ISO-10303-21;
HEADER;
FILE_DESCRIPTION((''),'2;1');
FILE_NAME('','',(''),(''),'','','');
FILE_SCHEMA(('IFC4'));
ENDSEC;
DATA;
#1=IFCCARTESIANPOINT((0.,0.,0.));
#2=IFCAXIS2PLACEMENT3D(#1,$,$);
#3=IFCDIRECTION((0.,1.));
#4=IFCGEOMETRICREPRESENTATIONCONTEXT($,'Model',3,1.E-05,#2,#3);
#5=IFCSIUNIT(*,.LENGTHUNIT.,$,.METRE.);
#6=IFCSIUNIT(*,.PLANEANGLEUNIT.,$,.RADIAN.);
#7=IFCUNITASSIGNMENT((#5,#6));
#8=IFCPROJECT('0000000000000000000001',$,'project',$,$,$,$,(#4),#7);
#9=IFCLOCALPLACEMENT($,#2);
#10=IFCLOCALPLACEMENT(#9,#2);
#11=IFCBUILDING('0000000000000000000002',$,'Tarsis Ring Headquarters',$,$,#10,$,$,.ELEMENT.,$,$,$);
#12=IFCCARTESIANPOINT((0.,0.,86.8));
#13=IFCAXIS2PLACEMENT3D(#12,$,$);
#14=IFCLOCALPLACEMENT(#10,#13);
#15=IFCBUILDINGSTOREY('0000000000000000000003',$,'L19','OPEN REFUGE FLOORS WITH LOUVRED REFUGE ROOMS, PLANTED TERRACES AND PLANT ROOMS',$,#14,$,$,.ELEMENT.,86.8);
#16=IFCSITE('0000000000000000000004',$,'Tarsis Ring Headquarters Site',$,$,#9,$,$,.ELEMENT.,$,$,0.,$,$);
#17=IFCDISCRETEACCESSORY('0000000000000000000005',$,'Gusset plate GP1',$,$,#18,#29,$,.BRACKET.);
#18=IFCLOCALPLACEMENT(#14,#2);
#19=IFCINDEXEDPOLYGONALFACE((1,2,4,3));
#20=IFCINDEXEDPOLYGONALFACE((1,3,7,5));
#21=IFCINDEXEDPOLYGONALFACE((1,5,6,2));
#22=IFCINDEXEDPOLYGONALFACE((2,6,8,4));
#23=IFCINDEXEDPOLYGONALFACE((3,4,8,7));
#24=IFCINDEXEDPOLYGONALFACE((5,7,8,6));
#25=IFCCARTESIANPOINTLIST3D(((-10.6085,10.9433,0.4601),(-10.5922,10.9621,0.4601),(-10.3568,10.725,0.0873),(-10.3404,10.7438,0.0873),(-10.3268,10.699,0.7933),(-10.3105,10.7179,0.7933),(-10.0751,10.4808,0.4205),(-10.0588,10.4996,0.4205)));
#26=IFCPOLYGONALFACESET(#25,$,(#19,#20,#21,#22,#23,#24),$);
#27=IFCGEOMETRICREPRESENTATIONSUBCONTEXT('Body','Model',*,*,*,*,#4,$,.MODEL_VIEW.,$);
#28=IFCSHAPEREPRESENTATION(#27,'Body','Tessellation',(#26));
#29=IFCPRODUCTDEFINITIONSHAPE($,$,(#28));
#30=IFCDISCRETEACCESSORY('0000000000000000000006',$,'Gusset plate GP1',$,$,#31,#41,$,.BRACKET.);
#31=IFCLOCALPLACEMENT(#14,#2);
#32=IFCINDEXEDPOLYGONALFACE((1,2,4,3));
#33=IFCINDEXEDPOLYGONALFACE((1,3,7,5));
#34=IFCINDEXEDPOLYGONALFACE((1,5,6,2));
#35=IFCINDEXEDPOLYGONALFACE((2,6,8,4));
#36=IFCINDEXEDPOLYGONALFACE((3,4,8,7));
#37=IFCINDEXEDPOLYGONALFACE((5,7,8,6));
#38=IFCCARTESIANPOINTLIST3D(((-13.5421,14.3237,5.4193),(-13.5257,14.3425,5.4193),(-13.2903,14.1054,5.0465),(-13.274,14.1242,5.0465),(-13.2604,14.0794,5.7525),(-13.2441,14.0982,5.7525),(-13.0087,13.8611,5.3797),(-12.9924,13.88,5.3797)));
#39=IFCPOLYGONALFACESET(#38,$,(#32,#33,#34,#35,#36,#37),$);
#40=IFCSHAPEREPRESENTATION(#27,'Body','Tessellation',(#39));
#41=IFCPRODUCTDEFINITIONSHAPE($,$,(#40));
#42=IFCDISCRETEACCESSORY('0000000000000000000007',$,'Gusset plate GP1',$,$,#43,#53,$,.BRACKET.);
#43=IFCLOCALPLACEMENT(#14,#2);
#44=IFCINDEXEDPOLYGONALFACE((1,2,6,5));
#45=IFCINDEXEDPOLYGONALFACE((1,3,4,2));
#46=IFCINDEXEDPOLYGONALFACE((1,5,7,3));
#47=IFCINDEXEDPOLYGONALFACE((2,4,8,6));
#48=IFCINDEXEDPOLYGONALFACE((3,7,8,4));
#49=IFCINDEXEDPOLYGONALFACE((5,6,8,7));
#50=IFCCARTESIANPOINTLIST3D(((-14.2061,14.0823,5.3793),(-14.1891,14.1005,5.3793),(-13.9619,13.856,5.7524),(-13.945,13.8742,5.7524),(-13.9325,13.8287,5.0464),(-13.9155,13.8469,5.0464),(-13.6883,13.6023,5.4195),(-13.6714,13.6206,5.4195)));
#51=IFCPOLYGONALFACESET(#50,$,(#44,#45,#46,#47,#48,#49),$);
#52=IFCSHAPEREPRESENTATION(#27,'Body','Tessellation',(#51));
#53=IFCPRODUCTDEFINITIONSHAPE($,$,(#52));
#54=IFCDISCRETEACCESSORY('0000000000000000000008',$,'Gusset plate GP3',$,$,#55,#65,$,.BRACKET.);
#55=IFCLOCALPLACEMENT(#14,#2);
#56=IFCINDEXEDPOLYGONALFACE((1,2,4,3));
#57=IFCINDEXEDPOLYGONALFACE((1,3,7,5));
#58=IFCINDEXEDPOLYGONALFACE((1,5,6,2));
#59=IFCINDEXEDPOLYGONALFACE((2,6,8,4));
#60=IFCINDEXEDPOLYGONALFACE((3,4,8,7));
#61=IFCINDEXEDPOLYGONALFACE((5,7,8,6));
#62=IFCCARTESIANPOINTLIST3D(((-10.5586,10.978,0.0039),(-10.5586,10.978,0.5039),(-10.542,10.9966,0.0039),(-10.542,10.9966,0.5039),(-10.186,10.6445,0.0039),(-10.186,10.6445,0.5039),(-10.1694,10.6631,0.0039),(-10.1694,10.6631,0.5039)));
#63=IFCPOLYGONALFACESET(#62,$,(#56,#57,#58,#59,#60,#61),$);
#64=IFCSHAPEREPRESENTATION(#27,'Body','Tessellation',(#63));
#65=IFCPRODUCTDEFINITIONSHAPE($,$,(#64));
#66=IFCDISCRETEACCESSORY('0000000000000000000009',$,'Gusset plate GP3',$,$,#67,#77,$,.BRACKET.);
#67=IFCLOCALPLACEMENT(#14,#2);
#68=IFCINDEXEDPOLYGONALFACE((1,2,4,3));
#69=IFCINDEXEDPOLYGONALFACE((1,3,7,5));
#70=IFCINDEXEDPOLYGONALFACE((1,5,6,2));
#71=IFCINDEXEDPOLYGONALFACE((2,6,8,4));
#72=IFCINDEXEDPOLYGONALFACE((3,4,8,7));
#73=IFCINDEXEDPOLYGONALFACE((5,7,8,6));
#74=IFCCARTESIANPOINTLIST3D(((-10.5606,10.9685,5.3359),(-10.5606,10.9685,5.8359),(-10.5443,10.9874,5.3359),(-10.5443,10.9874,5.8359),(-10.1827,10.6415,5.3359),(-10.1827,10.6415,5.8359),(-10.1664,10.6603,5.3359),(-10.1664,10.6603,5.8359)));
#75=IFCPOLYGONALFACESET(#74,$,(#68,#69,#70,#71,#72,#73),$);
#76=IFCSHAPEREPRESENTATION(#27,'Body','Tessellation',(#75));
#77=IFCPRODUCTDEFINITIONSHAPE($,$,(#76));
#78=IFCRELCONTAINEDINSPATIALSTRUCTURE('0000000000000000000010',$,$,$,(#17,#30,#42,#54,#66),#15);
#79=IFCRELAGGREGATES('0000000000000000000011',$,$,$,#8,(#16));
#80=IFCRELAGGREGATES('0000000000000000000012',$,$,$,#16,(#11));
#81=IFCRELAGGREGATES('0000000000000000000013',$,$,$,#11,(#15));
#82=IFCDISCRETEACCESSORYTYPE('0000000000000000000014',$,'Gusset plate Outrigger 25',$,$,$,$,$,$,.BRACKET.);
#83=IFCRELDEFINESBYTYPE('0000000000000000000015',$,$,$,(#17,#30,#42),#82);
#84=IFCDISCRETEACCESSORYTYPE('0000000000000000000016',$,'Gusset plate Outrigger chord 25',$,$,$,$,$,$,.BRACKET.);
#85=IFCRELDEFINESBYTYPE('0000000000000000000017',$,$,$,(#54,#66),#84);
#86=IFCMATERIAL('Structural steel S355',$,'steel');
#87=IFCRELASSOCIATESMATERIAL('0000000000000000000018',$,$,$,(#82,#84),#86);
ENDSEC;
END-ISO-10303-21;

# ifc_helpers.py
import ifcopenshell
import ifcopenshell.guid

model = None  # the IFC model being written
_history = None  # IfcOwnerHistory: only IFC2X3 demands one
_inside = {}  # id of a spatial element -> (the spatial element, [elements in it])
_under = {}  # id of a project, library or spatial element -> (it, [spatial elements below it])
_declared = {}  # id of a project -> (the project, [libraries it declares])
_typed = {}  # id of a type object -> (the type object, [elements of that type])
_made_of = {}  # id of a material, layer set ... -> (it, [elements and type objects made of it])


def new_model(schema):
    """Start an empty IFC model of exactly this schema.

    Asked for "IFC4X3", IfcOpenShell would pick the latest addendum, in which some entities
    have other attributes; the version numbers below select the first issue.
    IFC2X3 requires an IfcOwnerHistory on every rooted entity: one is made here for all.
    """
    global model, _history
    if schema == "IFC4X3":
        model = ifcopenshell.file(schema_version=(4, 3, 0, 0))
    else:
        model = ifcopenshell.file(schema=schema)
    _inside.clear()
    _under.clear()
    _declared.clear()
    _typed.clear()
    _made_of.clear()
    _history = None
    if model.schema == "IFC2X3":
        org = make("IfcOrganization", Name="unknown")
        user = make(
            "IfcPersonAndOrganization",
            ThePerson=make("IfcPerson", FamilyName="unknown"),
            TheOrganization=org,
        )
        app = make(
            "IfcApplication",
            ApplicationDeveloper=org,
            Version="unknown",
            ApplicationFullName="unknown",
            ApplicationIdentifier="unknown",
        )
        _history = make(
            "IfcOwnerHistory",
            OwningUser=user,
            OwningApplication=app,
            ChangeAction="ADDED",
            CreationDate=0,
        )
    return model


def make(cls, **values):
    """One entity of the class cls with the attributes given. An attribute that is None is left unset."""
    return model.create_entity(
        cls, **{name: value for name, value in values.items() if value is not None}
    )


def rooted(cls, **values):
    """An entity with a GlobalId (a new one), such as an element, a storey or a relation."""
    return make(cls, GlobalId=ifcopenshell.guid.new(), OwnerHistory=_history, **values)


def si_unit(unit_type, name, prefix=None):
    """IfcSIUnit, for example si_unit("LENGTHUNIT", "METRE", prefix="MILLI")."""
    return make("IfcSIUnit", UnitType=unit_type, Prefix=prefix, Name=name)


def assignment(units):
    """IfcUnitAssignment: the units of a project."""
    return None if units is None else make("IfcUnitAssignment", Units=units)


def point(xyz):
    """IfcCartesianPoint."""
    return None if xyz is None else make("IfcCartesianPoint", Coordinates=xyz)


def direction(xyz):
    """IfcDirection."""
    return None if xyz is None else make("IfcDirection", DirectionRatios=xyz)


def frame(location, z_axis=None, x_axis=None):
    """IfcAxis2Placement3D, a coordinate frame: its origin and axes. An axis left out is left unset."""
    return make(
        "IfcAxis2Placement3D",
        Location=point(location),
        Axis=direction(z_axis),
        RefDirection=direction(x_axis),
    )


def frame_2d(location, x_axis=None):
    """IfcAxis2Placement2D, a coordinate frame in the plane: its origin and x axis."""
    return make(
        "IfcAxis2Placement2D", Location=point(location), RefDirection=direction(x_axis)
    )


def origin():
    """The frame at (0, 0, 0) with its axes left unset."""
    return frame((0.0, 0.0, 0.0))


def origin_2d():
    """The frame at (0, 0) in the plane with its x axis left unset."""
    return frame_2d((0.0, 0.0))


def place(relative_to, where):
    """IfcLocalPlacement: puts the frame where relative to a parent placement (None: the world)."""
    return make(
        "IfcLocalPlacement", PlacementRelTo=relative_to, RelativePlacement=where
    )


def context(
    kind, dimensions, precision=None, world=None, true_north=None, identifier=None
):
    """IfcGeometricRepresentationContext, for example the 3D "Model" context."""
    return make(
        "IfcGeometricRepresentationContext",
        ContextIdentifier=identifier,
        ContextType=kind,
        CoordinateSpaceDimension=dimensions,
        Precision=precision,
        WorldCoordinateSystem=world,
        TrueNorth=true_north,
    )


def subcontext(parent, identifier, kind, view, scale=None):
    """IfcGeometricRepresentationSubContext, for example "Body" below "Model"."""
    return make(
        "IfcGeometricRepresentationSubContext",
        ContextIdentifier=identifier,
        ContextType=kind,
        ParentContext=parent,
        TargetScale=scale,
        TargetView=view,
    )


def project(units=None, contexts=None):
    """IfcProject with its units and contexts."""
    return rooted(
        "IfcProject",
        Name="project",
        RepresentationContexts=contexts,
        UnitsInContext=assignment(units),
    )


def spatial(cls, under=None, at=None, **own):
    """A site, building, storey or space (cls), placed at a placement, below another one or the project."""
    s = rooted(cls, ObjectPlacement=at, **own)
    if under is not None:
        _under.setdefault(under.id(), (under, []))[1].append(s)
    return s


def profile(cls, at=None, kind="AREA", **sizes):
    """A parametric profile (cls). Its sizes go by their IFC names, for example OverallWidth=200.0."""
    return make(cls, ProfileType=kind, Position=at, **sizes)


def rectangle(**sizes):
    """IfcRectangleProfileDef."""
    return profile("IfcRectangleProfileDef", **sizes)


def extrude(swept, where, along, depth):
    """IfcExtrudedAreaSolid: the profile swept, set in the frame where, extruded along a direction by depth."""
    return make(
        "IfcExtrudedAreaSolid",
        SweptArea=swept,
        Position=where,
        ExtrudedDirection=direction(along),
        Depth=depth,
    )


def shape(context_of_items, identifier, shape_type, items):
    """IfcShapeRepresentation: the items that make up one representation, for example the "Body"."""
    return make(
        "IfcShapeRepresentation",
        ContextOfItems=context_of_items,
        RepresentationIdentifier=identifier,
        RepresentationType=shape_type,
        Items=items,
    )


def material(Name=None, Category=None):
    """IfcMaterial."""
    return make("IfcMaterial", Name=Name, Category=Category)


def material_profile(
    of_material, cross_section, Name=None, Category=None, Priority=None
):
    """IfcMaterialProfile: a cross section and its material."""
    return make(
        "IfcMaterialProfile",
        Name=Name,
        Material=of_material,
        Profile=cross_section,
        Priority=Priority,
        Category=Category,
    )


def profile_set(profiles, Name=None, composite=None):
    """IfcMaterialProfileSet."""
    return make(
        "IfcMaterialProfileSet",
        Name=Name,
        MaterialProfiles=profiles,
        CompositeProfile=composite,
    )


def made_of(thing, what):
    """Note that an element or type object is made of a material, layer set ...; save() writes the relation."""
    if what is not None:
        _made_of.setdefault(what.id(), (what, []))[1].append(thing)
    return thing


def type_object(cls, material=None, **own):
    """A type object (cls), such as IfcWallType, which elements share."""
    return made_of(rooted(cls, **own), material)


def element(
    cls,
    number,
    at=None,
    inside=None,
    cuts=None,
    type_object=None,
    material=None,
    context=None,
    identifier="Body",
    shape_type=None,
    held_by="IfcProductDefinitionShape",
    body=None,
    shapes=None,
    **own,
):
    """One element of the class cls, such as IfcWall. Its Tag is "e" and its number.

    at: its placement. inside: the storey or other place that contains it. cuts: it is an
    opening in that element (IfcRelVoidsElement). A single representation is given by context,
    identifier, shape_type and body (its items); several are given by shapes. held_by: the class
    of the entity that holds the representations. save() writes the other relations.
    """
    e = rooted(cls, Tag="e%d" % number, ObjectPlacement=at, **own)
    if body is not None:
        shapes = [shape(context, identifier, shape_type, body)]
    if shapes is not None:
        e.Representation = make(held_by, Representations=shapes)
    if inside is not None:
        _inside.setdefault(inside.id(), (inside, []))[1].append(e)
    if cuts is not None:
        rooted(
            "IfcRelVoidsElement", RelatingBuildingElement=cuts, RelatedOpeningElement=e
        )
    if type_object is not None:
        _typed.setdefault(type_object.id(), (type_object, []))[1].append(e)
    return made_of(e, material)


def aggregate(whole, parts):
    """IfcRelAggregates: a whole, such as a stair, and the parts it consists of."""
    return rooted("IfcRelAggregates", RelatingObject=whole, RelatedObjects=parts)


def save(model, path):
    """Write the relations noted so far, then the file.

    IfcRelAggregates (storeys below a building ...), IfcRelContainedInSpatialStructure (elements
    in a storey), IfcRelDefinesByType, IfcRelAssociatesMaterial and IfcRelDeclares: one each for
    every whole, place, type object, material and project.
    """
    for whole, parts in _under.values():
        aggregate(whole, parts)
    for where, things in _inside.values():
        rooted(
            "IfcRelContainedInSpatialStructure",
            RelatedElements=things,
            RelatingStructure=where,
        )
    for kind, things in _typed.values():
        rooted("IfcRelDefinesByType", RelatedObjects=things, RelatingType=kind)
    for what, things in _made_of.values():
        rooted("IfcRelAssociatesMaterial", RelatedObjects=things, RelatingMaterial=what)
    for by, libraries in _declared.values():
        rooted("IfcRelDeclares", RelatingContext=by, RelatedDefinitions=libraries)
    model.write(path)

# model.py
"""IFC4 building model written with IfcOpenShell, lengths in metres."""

from ifc_helpers import new_model, si_unit, direction, frame, origin, origin_2d, place, context, subcontext, project, spatial, rectangle, extrude, material, material_profile, profile_set, type_object, element, save


model = new_model("IFC4")

# Units and contexts
model_context = context("Model", 3, precision=1e-05, world=origin(), true_north=direction((0.0, 1.0)))
body_context = subcontext(model_context, "Body", "Model", "MODEL_VIEW")
ifc_project = project(units=[si_unit("LENGTHUNIT", "METRE"), si_unit("PLANEANGLEUNIT", "RADIAN")], contexts=[model_context])

# Site, building, storey
site_placement = place(None, origin())
site = spatial("IfcSite", under=ifc_project, at=site_placement, Name="Tarsis Ring Headquarters Site", CompositionType="ELEMENT", RefElevation=0.0)
building_placement = place(site_placement, origin())
building = spatial("IfcBuilding", under=site, at=building_placement, Name="Tarsis Ring Headquarters", CompositionType="ELEMENT")
storey_placement = place(building_placement, frame((0.0, 0.0, 86.8)))
storey = spatial("IfcBuildingStorey", under=building, at=storey_placement, Name="L19", Description="OPEN REFUGE FLOORS WITH LOUVRED REFUGE ROOMS, PLANTED TERRACES AND PLANT ROOMS", CompositionType="ELEMENT", Elevation=86.8)

# Shared definitions
ifc_material_1 = material(Name="Structural steel S355", Category="steel")

# Discrete accessories
ifc_material_profile_1 = material_profile(ifc_material_1, rectangle(XDim=0.0249, YDim=0.5, at=origin_2d()), Name="PL 25x500")
ifc_profile_set_1 = profile_set([ifc_material_profile_1], Name="Structural steel S355")
discrete_accessory_type_1 = type_object("IfcDiscreteAccessoryType", Name="Gusset plate Outrigger 25", PredefinedType="BRACKET", material=ifc_profile_set_1)
for number, where, z_axis, x_axis, name in (
    (1, (-10.2078, 10.6123, 0.2539), (-0.503441, 0.436543, 0.745639), (-0.655126, -0.75552, 0.0), "Gusset plate GP1"),
    (2, (-13.3931, 14.2109, 5.5859), (0.503441, -0.436543, -0.745639), (0.655126, 0.75552, 0.0), "Gusset plate GP1"),
    (3, (-13.8167, 13.7383, 5.5859), (-0.488292, 0.452647, -0.746111), (-0.679832, -0.733368, 0.0), "Gusset plate GP1"),
):
    element("IfcDiscreteAccessory", number, at=place(storey_placement, frame(where, z_axis=z_axis, x_axis=x_axis)), inside=storey, type_object=discrete_accessory_type_1, Name=name, PredefinedType="BRACKET", context=body_context, shape_type="SweptSolid", body=[
        extrude(rectangle(XDim=0.0249, YDim=0.5, at=origin_2d()), origin(), (0.0, 0.0, 1.0), 0.5),
    ])
discrete_accessory_type_2 = type_object("IfcDiscreteAccessoryType", Name="Gusset plate Outrigger chord 25", PredefinedType="BRACKET", material=ifc_profile_set_1)
discrete_accessory_1_placement = place(storey_placement, frame((-10.1777, 10.6538, 0.2539), z_axis=(-0.745088, 0.666966, 0.0), x_axis=(-0.666966, -0.745088, 0.0)))
element("IfcDiscreteAccessory", 4, at=discrete_accessory_1_placement, inside=storey, type_object=discrete_accessory_type_2, Name="Gusset plate GP3", PredefinedType="BRACKET", context=body_context, shape_type="SweptSolid", body=[
    extrude(rectangle(XDim=0.0249, YDim=0.5, at=origin_2d()), origin(), (0.0, 0.0, 1.0), 0.5),
])
discrete_accessory_2_placement = place(storey_placement, frame((-10.1746, 10.6509, 5.5859), z_axis=(-0.756076, 0.654484, 0.0), x_axis=(-0.654484, -0.756076, 0.0)))
element("IfcDiscreteAccessory", 5, at=discrete_accessory_2_placement, inside=storey, type_object=discrete_accessory_type_2, Name="Gusset plate GP3", PredefinedType="BRACKET", context=body_context, shape_type="SweptSolid", body=[
    extrude(rectangle(XDim=0.0249, YDim=0.5, at=origin_2d()), origin(), (0.0, 0.0, 1.0), 0.4998),
])

save(model, "model.ifc")
